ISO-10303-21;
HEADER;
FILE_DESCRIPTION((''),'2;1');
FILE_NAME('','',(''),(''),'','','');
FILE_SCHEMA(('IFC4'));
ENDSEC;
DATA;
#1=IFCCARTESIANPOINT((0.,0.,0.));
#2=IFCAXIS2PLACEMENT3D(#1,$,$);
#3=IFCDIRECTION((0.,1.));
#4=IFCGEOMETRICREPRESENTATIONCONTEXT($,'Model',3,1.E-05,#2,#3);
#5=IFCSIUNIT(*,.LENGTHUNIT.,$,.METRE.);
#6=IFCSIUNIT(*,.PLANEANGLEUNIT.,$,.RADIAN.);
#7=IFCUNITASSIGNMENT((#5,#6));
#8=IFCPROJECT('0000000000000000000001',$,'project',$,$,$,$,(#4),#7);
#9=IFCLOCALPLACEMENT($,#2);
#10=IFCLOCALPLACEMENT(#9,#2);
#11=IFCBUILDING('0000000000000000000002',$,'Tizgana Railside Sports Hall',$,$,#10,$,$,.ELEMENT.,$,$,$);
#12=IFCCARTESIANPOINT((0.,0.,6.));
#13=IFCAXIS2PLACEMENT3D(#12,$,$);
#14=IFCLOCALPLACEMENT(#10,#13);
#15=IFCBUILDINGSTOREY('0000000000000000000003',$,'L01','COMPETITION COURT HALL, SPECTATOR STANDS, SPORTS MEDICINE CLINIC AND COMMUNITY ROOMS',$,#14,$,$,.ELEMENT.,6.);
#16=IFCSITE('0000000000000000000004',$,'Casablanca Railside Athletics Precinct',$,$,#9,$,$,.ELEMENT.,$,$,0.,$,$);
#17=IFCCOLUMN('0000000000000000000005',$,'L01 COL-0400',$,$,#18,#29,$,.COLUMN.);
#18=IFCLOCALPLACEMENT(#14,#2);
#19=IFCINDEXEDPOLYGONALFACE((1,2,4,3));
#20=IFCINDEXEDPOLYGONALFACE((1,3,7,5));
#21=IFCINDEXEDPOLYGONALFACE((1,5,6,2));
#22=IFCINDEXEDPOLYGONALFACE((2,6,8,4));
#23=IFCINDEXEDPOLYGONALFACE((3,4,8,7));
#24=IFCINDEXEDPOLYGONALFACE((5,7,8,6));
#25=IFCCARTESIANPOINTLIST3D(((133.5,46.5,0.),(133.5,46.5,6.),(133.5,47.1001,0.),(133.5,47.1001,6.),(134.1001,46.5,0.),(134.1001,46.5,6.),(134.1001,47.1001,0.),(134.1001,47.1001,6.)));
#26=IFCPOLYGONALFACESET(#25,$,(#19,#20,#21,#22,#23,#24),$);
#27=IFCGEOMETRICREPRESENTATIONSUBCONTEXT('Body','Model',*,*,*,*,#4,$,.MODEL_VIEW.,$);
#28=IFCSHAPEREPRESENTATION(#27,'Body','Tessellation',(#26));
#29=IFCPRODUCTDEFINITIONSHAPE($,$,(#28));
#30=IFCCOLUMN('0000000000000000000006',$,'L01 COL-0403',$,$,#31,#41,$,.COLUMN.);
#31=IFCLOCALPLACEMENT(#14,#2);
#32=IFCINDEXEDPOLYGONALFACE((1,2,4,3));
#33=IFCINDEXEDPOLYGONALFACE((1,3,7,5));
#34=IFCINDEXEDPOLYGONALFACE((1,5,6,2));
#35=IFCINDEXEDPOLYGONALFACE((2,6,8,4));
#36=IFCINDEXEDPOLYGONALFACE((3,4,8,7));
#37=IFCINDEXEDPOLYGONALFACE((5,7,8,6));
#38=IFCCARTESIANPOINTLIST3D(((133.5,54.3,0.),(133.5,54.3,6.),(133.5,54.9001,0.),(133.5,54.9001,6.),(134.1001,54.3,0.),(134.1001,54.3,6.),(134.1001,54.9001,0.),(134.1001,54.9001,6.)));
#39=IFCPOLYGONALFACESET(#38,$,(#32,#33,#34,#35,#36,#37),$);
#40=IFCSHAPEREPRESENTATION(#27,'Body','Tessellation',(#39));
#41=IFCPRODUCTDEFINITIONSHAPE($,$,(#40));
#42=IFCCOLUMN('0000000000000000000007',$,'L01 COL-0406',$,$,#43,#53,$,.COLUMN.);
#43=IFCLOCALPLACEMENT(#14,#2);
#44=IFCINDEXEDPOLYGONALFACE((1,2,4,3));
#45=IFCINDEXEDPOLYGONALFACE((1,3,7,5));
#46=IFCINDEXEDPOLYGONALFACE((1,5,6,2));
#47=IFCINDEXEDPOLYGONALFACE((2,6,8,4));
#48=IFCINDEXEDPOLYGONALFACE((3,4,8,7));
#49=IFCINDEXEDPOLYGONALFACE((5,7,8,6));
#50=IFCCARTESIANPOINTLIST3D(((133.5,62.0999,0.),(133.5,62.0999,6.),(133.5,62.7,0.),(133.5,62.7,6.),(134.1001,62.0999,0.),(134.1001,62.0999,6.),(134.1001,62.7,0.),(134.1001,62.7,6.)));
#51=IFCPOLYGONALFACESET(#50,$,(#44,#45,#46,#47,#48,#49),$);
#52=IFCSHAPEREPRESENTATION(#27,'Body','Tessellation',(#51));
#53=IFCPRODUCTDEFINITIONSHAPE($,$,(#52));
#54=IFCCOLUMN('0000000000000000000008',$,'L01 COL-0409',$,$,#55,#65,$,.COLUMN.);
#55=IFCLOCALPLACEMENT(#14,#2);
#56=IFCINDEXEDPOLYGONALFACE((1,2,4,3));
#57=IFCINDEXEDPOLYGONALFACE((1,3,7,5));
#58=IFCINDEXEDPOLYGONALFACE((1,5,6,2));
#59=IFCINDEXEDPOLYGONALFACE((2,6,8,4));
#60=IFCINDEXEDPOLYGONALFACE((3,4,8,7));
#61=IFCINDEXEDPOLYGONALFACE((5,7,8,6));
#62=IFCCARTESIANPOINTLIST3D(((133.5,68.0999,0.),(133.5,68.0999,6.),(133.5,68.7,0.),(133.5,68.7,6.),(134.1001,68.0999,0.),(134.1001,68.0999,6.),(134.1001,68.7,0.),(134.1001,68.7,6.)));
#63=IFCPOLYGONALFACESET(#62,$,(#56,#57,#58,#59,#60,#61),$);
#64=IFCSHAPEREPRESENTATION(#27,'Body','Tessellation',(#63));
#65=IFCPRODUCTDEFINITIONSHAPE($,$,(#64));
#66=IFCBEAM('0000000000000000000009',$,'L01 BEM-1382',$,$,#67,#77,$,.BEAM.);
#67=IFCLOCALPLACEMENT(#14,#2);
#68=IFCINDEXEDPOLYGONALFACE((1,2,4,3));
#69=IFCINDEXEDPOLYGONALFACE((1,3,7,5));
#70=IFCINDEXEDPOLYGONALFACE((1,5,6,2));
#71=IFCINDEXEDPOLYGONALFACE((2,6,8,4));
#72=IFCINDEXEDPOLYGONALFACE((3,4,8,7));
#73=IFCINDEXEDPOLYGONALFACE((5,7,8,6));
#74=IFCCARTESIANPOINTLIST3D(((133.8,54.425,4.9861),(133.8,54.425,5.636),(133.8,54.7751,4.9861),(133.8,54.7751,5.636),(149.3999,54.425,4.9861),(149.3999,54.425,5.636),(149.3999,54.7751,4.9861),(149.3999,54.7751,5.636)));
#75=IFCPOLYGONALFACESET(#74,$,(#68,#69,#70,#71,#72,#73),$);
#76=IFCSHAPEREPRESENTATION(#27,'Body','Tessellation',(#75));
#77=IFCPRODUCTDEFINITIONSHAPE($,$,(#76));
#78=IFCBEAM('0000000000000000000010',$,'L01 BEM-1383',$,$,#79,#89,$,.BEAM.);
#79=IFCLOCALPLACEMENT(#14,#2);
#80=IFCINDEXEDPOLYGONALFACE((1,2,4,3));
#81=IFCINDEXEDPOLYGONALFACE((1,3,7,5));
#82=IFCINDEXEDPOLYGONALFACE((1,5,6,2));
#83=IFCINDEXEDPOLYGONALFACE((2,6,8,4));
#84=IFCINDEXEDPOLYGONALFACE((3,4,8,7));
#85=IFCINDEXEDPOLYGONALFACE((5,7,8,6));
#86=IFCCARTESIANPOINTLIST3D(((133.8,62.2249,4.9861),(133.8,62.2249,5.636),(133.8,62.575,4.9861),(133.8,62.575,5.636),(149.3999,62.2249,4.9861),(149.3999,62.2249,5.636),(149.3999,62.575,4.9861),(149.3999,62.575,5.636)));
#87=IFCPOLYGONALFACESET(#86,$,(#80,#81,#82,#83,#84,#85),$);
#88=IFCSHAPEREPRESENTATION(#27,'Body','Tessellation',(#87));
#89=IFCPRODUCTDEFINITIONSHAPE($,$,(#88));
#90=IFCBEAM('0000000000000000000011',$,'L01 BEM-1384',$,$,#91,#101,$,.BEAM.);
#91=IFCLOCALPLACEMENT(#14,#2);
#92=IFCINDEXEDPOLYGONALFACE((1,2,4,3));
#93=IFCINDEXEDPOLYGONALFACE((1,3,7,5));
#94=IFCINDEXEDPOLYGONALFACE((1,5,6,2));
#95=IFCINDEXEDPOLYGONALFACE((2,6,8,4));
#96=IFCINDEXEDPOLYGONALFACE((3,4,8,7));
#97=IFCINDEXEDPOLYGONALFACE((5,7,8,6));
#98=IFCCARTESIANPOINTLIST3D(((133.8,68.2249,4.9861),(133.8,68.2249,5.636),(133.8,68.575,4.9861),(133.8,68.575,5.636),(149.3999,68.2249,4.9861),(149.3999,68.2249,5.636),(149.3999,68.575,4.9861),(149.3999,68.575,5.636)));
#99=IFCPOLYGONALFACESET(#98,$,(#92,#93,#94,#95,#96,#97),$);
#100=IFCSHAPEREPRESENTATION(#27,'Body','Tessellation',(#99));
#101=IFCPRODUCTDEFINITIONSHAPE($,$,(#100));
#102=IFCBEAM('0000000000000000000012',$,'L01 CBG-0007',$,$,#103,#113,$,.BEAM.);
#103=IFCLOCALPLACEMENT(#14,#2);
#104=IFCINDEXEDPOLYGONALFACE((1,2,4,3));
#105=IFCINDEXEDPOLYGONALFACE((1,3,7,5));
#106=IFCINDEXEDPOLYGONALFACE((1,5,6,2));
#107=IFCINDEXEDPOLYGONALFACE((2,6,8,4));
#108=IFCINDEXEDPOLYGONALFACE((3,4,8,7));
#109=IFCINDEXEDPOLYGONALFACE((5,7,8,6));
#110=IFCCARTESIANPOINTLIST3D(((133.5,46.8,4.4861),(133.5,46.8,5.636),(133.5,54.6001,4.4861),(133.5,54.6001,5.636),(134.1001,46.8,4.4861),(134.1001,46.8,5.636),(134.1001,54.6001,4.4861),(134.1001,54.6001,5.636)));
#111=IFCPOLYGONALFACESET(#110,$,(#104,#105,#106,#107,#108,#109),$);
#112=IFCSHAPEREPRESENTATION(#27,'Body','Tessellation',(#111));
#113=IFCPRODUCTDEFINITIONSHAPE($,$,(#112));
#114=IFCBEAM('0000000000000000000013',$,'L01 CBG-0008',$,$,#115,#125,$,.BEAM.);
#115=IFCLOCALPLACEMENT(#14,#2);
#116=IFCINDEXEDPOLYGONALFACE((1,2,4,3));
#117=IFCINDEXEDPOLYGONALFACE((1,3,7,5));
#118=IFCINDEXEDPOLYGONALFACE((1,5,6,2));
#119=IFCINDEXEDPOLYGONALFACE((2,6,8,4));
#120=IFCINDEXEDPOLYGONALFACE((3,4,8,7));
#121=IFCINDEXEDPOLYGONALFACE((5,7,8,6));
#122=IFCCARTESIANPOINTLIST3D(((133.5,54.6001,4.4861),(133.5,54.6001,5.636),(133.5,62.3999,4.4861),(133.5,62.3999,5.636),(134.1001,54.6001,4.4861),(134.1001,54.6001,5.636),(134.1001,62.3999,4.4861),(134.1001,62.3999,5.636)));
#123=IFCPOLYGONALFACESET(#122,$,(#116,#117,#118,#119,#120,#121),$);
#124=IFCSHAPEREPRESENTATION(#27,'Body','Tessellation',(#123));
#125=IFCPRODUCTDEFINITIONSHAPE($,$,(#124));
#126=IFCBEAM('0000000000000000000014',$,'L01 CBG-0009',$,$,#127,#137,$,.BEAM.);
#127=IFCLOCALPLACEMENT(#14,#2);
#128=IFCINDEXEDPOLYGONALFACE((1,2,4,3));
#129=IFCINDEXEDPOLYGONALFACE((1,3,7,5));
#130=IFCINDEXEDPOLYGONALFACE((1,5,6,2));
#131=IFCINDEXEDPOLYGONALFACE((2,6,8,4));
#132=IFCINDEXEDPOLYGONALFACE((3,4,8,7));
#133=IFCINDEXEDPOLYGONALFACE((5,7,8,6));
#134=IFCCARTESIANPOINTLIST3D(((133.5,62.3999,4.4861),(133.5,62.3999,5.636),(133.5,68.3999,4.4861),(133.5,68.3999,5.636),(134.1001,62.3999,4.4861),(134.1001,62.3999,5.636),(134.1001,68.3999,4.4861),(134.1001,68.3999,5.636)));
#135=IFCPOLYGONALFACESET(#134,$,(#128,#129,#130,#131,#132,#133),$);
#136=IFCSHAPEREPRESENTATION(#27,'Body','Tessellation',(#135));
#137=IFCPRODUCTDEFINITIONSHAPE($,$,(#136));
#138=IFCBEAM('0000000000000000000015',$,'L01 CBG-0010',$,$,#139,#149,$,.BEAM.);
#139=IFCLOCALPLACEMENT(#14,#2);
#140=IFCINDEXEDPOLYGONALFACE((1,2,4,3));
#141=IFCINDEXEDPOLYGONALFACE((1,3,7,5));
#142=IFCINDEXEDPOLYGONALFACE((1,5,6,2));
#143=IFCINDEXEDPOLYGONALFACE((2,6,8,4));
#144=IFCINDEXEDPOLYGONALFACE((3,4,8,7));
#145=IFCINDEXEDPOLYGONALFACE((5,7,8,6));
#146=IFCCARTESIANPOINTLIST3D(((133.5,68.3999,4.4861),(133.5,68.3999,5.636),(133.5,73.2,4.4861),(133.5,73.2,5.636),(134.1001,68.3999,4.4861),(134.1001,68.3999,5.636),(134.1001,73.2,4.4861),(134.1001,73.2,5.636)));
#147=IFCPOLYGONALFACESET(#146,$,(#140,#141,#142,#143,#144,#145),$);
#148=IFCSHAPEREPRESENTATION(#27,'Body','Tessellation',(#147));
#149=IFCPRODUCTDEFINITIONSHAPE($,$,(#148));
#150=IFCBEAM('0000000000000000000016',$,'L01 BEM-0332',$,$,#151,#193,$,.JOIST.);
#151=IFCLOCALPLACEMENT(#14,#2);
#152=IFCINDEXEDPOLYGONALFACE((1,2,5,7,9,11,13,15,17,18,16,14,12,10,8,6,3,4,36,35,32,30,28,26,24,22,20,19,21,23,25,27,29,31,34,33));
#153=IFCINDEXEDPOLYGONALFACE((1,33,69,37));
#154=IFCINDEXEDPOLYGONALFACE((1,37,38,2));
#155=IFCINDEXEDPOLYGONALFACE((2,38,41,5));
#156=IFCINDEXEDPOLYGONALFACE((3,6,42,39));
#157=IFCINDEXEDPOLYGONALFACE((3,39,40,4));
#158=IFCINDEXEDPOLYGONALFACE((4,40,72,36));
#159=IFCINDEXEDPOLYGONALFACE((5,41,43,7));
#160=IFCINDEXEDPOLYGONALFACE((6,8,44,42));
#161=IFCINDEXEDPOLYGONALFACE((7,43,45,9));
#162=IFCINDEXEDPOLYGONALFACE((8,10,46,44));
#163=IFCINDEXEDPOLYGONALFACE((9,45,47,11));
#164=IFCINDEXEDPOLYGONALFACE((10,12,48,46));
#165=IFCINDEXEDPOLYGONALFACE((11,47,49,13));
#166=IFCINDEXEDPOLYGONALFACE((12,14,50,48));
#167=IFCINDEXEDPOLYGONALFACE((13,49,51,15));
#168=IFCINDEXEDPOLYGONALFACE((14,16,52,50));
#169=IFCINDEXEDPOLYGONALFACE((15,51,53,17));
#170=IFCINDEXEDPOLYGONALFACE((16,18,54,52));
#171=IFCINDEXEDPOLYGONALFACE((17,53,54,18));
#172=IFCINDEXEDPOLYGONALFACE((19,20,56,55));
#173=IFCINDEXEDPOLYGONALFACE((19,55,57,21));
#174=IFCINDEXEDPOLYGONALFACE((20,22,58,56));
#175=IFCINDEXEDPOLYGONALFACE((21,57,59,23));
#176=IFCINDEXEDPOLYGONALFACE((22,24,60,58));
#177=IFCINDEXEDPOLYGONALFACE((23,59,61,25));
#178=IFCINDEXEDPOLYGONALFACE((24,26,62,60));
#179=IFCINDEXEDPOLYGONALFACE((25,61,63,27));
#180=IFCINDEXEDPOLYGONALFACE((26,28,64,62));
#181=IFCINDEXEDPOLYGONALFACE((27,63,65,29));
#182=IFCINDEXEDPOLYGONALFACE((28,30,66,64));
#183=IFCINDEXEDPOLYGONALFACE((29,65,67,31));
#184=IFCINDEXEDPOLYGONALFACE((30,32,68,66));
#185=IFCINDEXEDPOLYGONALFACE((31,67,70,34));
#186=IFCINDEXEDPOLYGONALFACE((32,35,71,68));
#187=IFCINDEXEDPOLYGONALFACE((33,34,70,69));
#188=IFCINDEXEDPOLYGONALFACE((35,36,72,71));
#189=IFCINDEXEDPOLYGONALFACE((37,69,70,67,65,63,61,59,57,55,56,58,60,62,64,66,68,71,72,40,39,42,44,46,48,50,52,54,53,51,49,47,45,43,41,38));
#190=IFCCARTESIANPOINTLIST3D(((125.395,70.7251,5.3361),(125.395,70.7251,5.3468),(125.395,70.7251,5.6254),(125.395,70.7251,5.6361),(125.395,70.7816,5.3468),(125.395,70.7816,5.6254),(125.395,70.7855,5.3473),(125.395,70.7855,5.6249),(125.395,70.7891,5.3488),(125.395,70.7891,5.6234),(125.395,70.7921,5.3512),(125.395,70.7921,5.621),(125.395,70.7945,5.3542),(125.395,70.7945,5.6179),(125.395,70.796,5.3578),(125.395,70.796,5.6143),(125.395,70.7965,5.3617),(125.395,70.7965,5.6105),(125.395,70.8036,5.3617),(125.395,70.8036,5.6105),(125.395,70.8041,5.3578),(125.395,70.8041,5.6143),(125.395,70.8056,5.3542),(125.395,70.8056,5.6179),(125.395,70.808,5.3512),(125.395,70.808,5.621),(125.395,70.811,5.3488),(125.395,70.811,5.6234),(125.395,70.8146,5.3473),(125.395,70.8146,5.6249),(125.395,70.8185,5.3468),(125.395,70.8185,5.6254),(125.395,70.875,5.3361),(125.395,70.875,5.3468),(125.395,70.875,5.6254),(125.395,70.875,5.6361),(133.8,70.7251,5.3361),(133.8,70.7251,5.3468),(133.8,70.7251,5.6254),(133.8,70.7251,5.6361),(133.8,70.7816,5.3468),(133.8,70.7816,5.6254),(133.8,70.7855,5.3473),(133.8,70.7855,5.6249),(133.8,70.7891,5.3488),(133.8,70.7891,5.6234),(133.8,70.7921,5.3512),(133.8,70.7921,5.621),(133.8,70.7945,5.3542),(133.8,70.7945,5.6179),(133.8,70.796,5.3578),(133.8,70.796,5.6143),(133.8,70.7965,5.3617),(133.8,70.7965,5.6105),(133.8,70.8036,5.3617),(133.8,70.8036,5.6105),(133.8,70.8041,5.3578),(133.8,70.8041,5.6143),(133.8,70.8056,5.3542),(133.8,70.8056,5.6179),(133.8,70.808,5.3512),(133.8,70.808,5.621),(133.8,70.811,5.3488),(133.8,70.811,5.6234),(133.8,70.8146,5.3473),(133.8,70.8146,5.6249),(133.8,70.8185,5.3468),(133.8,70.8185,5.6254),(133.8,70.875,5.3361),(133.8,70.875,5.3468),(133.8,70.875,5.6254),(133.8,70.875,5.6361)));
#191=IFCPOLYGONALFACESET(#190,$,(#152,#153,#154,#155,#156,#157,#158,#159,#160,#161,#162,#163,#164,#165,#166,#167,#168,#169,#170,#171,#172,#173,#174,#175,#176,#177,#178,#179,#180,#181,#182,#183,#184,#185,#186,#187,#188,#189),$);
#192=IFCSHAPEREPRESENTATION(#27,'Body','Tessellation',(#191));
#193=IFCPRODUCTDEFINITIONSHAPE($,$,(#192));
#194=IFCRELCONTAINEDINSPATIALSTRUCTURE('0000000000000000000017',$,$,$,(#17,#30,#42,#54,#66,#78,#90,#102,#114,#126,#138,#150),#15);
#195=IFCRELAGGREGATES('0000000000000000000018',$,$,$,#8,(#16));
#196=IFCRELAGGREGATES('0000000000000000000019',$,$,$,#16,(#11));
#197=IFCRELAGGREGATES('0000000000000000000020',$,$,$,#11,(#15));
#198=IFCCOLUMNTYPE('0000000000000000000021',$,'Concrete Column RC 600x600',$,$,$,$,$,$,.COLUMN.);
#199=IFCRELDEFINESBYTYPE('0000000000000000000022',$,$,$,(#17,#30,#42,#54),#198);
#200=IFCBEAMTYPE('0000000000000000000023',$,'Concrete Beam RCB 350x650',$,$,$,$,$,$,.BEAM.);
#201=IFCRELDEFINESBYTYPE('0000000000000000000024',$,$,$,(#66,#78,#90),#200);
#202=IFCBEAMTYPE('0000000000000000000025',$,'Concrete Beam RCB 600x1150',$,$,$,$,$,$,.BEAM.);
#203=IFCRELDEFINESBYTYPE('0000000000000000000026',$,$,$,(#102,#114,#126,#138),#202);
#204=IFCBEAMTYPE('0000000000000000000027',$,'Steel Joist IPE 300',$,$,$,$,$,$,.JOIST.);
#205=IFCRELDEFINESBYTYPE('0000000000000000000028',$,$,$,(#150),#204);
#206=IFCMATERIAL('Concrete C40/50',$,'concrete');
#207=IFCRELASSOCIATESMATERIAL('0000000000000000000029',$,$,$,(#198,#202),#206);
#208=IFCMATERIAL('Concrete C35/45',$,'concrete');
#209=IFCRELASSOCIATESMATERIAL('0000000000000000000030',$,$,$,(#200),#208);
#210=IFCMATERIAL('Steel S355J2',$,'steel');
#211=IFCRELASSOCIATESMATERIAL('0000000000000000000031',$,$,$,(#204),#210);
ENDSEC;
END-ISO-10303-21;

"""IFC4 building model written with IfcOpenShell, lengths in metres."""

from ifc_helpers import new_model, si_unit, direction, frame, origin, origin_2d, place, context, subcontext, project, spatial, rectangle, i_section, extrude, material, material_profile, profile_set, type_object, element, save


model = new_model("IFC4")

# Units and contexts
model_context = context("Model", 3, precision=1e-05, world=origin(), true_north=direction((0.0, 1.0)))
body_context = subcontext(model_context, "Body", "Model", "MODEL_VIEW")
ifc_project = project(units=[si_unit("LENGTHUNIT", "METRE"), si_unit("PLANEANGLEUNIT", "RADIAN")], contexts=[model_context])

# Site, building, storey
site_placement = place(None, origin())
site = spatial("IfcSite", under=ifc_project, at=site_placement, Name="Casablanca Railside Athletics Precinct", CompositionType="ELEMENT", RefElevation=0.0)
building_placement = place(site_placement, origin())
building = spatial("IfcBuilding", under=site, at=building_placement, Name="Tizgana Railside Sports Hall", CompositionType="ELEMENT")
storey_placement = place(building_placement, frame((0.0, 0.0, 6.0)))
storey = spatial("IfcBuildingStorey", under=building, at=storey_placement, Name="L01", Description="COMPETITION COURT HALL, SPECTATOR STANDS, SPORTS MEDICINE CLINIC AND COMMUNITY ROOMS", CompositionType="ELEMENT", Elevation=6.0)

# Columns
ifc_material_1 = material(Name="Concrete C40/50", Category="concrete")
ifc_material_profile_1 = material_profile(ifc_material_1, rectangle(XDim=0.6001, YDim=0.6001, at=origin_2d()), Name="RC 600x600")
ifc_profile_set_1 = profile_set([ifc_material_profile_1], Name="Concrete C40/50")
column_type = type_object("IfcColumnType", Name="Concrete Column RC 600x600", PredefinedType="COLUMN", material=ifc_profile_set_1)
for number, where, z_axis, x_axis, name in (
    (1, (133.8, 46.8, 0.0), (0.0, 0.0, 1.0), (1.0, 0.0, 0.0), "L01 COL-0400"),
    (2, (133.8, 54.6001, 0.0), (0.0, 0.0, 1.0), (1.0, 0.0, 0.0), "L01 COL-0403"),
    (3, (133.8, 62.3999, 0.0), (0.0, 0.0, 1.0), (1.0, 0.0, 0.0), "L01 COL-0406"),
    (4, (133.8, 68.3999, 0.0), (0.0, 0.0, 1.0), (1.0, 0.0, 0.0), "L01 COL-0409"),
):
    element("IfcColumn", number, at=place(storey_placement, frame(where, z_axis=z_axis, x_axis=x_axis)), inside=storey, type_object=column_type, Name=name, PredefinedType="COLUMN", context=body_context, shape_type="SweptSolid", body=[
        extrude(rectangle(XDim=0.6001, YDim=0.6001, at=origin_2d()), origin(), (0.0, 0.0, 1.0), 6.0),
    ])

# Beams
ifc_material_2 = material(Name="Concrete C35/45", Category="concrete")
ifc_material_profile_2 = material_profile(ifc_material_2, rectangle(XDim=0.3501, YDim=0.6499, at=origin_2d()), Name="RCB 350x650")
ifc_profile_set_2 = profile_set([ifc_material_profile_2], Name="Concrete C35/45")
beam_type_1 = type_object("IfcBeamType", Name="Concrete Beam RCB 350x650", PredefinedType="BEAM", material=ifc_profile_set_2)
for number, where, z_axis, x_axis, name in (
    (5, (133.8, 54.6001, 5.311), (1.0, 0.0, 0.0), (0.0, 1.0, 0.0), "L01 BEM-1382"),
    (6, (133.8, 62.3999, 5.311), (1.0, 0.0, 0.0), (0.0, 1.0, 0.0), "L01 BEM-1383"),
    (7, (133.8, 68.3999, 5.311), (1.0, 0.0, 0.0), (0.0, 1.0, 0.0), "L01 BEM-1384"),
):
    element("IfcBeam", number, at=place(storey_placement, frame(where, z_axis=z_axis, x_axis=x_axis)), inside=storey, type_object=beam_type_1, Name=name, PredefinedType="BEAM", context=body_context, shape_type="SweptSolid", body=[
        extrude(rectangle(XDim=0.3501, YDim=0.6499, at=origin_2d()), origin(), (0.0, 0.0, 1.0), 15.5999),
    ])
ifc_material_profile_3 = material_profile(ifc_material_1, rectangle(XDim=0.6001, YDim=1.1499, at=origin_2d()), Name="RCB 600x1150")
ifc_profile_set_3 = profile_set([ifc_material_profile_3], Name="Concrete C40/50")
beam_type_2 = type_object("IfcBeamType", Name="Concrete Beam RCB 600x1150", PredefinedType="BEAM", material=ifc_profile_set_3)
beam_1_placement = place(storey_placement, frame((133.8, 46.8, 5.061), z_axis=(0.0, 1.0, 0.0), x_axis=(-1.0, 0.0, 0.0)))
element("IfcBeam", 8, at=beam_1_placement, inside=storey, type_object=beam_type_2, Name="L01 CBG-0007", PredefinedType="BEAM", context=body_context, shape_type="SweptSolid", body=[
    extrude(rectangle(XDim=0.6001, YDim=1.1499, at=origin_2d()), origin(), (0.0, 0.0, 1.0), 7.8),
])
beam_2_placement = place(storey_placement, frame((133.8, 54.6001, 5.061), z_axis=(0.0, 1.0, 0.0), x_axis=(-1.0, 0.0, 0.0)))
element("IfcBeam", 9, at=beam_2_placement, inside=storey, type_object=beam_type_2, Name="L01 CBG-0008", PredefinedType="BEAM", context=body_context, shape_type="SweptSolid", body=[
    extrude(rectangle(XDim=0.6001, YDim=1.1499, at=origin_2d()), origin(), (0.0, 0.0, 1.0), 7.7998),
])
beam_3_placement = place(storey_placement, frame((133.8, 62.3999, 5.061), z_axis=(0.0, 1.0, 0.0), x_axis=(-1.0, 0.0, 0.0)))
element("IfcBeam", 10, at=beam_3_placement, inside=storey, type_object=beam_type_2, Name="L01 CBG-0009", PredefinedType="BEAM", context=body_context, shape_type="SweptSolid", body=[
    extrude(rectangle(XDim=0.6001, YDim=1.1499, at=origin_2d()), origin(), (0.0, 0.0, 1.0), 6.0),
])
beam_4_placement = place(storey_placement, frame((133.8, 68.3999, 5.061), z_axis=(0.0, 1.0, 0.0), x_axis=(-1.0, 0.0, 0.0)))
element("IfcBeam", 11, at=beam_4_placement, inside=storey, type_object=beam_type_2, Name="L01 CBG-0010", PredefinedType="BEAM", context=body_context, shape_type="SweptSolid", body=[
    extrude(rectangle(XDim=0.6001, YDim=1.1499, at=origin_2d()), origin(), (0.0, 0.0, 1.0), 4.8),
])
ifc_material_3 = material(Name="Steel S355J2", Category="steel")
ifc_material_profile_4 = material_profile(ifc_material_3, i_section(OverallWidth=0.1499, OverallDepth=0.3, WebThickness=0.0071, FlangeThickness=0.0107, FilletRadius=0.0149, at=origin_2d()), Name="IPE 300")
ifc_profile_set_4 = profile_set([ifc_material_profile_4], Name="Steel S355J2")
beam_type_3 = type_object("IfcBeamType", Name="Steel Joist IPE 300", PredefinedType="JOIST", material=ifc_profile_set_4)
beam_5_placement = place(storey_placement, frame((125.395, 70.8, 5.4861), z_axis=(1.0, 0.0, 0.0), x_axis=(0.0, 1.0, 0.0)))
element("IfcBeam", 12, at=beam_5_placement, inside=storey, type_object=beam_type_3, Name="L01 BEM-0332", PredefinedType="JOIST", context=body_context, shape_type="SweptSolid", body=[
    extrude(i_section(OverallWidth=0.1499, OverallDepth=0.3, WebThickness=0.0071, FlangeThickness=0.0107, FilletRadius=0.0149, at=origin_2d()), origin(), (0.0, 0.0, 1.0), 8.405),
])

save(model, "model.ifc")
